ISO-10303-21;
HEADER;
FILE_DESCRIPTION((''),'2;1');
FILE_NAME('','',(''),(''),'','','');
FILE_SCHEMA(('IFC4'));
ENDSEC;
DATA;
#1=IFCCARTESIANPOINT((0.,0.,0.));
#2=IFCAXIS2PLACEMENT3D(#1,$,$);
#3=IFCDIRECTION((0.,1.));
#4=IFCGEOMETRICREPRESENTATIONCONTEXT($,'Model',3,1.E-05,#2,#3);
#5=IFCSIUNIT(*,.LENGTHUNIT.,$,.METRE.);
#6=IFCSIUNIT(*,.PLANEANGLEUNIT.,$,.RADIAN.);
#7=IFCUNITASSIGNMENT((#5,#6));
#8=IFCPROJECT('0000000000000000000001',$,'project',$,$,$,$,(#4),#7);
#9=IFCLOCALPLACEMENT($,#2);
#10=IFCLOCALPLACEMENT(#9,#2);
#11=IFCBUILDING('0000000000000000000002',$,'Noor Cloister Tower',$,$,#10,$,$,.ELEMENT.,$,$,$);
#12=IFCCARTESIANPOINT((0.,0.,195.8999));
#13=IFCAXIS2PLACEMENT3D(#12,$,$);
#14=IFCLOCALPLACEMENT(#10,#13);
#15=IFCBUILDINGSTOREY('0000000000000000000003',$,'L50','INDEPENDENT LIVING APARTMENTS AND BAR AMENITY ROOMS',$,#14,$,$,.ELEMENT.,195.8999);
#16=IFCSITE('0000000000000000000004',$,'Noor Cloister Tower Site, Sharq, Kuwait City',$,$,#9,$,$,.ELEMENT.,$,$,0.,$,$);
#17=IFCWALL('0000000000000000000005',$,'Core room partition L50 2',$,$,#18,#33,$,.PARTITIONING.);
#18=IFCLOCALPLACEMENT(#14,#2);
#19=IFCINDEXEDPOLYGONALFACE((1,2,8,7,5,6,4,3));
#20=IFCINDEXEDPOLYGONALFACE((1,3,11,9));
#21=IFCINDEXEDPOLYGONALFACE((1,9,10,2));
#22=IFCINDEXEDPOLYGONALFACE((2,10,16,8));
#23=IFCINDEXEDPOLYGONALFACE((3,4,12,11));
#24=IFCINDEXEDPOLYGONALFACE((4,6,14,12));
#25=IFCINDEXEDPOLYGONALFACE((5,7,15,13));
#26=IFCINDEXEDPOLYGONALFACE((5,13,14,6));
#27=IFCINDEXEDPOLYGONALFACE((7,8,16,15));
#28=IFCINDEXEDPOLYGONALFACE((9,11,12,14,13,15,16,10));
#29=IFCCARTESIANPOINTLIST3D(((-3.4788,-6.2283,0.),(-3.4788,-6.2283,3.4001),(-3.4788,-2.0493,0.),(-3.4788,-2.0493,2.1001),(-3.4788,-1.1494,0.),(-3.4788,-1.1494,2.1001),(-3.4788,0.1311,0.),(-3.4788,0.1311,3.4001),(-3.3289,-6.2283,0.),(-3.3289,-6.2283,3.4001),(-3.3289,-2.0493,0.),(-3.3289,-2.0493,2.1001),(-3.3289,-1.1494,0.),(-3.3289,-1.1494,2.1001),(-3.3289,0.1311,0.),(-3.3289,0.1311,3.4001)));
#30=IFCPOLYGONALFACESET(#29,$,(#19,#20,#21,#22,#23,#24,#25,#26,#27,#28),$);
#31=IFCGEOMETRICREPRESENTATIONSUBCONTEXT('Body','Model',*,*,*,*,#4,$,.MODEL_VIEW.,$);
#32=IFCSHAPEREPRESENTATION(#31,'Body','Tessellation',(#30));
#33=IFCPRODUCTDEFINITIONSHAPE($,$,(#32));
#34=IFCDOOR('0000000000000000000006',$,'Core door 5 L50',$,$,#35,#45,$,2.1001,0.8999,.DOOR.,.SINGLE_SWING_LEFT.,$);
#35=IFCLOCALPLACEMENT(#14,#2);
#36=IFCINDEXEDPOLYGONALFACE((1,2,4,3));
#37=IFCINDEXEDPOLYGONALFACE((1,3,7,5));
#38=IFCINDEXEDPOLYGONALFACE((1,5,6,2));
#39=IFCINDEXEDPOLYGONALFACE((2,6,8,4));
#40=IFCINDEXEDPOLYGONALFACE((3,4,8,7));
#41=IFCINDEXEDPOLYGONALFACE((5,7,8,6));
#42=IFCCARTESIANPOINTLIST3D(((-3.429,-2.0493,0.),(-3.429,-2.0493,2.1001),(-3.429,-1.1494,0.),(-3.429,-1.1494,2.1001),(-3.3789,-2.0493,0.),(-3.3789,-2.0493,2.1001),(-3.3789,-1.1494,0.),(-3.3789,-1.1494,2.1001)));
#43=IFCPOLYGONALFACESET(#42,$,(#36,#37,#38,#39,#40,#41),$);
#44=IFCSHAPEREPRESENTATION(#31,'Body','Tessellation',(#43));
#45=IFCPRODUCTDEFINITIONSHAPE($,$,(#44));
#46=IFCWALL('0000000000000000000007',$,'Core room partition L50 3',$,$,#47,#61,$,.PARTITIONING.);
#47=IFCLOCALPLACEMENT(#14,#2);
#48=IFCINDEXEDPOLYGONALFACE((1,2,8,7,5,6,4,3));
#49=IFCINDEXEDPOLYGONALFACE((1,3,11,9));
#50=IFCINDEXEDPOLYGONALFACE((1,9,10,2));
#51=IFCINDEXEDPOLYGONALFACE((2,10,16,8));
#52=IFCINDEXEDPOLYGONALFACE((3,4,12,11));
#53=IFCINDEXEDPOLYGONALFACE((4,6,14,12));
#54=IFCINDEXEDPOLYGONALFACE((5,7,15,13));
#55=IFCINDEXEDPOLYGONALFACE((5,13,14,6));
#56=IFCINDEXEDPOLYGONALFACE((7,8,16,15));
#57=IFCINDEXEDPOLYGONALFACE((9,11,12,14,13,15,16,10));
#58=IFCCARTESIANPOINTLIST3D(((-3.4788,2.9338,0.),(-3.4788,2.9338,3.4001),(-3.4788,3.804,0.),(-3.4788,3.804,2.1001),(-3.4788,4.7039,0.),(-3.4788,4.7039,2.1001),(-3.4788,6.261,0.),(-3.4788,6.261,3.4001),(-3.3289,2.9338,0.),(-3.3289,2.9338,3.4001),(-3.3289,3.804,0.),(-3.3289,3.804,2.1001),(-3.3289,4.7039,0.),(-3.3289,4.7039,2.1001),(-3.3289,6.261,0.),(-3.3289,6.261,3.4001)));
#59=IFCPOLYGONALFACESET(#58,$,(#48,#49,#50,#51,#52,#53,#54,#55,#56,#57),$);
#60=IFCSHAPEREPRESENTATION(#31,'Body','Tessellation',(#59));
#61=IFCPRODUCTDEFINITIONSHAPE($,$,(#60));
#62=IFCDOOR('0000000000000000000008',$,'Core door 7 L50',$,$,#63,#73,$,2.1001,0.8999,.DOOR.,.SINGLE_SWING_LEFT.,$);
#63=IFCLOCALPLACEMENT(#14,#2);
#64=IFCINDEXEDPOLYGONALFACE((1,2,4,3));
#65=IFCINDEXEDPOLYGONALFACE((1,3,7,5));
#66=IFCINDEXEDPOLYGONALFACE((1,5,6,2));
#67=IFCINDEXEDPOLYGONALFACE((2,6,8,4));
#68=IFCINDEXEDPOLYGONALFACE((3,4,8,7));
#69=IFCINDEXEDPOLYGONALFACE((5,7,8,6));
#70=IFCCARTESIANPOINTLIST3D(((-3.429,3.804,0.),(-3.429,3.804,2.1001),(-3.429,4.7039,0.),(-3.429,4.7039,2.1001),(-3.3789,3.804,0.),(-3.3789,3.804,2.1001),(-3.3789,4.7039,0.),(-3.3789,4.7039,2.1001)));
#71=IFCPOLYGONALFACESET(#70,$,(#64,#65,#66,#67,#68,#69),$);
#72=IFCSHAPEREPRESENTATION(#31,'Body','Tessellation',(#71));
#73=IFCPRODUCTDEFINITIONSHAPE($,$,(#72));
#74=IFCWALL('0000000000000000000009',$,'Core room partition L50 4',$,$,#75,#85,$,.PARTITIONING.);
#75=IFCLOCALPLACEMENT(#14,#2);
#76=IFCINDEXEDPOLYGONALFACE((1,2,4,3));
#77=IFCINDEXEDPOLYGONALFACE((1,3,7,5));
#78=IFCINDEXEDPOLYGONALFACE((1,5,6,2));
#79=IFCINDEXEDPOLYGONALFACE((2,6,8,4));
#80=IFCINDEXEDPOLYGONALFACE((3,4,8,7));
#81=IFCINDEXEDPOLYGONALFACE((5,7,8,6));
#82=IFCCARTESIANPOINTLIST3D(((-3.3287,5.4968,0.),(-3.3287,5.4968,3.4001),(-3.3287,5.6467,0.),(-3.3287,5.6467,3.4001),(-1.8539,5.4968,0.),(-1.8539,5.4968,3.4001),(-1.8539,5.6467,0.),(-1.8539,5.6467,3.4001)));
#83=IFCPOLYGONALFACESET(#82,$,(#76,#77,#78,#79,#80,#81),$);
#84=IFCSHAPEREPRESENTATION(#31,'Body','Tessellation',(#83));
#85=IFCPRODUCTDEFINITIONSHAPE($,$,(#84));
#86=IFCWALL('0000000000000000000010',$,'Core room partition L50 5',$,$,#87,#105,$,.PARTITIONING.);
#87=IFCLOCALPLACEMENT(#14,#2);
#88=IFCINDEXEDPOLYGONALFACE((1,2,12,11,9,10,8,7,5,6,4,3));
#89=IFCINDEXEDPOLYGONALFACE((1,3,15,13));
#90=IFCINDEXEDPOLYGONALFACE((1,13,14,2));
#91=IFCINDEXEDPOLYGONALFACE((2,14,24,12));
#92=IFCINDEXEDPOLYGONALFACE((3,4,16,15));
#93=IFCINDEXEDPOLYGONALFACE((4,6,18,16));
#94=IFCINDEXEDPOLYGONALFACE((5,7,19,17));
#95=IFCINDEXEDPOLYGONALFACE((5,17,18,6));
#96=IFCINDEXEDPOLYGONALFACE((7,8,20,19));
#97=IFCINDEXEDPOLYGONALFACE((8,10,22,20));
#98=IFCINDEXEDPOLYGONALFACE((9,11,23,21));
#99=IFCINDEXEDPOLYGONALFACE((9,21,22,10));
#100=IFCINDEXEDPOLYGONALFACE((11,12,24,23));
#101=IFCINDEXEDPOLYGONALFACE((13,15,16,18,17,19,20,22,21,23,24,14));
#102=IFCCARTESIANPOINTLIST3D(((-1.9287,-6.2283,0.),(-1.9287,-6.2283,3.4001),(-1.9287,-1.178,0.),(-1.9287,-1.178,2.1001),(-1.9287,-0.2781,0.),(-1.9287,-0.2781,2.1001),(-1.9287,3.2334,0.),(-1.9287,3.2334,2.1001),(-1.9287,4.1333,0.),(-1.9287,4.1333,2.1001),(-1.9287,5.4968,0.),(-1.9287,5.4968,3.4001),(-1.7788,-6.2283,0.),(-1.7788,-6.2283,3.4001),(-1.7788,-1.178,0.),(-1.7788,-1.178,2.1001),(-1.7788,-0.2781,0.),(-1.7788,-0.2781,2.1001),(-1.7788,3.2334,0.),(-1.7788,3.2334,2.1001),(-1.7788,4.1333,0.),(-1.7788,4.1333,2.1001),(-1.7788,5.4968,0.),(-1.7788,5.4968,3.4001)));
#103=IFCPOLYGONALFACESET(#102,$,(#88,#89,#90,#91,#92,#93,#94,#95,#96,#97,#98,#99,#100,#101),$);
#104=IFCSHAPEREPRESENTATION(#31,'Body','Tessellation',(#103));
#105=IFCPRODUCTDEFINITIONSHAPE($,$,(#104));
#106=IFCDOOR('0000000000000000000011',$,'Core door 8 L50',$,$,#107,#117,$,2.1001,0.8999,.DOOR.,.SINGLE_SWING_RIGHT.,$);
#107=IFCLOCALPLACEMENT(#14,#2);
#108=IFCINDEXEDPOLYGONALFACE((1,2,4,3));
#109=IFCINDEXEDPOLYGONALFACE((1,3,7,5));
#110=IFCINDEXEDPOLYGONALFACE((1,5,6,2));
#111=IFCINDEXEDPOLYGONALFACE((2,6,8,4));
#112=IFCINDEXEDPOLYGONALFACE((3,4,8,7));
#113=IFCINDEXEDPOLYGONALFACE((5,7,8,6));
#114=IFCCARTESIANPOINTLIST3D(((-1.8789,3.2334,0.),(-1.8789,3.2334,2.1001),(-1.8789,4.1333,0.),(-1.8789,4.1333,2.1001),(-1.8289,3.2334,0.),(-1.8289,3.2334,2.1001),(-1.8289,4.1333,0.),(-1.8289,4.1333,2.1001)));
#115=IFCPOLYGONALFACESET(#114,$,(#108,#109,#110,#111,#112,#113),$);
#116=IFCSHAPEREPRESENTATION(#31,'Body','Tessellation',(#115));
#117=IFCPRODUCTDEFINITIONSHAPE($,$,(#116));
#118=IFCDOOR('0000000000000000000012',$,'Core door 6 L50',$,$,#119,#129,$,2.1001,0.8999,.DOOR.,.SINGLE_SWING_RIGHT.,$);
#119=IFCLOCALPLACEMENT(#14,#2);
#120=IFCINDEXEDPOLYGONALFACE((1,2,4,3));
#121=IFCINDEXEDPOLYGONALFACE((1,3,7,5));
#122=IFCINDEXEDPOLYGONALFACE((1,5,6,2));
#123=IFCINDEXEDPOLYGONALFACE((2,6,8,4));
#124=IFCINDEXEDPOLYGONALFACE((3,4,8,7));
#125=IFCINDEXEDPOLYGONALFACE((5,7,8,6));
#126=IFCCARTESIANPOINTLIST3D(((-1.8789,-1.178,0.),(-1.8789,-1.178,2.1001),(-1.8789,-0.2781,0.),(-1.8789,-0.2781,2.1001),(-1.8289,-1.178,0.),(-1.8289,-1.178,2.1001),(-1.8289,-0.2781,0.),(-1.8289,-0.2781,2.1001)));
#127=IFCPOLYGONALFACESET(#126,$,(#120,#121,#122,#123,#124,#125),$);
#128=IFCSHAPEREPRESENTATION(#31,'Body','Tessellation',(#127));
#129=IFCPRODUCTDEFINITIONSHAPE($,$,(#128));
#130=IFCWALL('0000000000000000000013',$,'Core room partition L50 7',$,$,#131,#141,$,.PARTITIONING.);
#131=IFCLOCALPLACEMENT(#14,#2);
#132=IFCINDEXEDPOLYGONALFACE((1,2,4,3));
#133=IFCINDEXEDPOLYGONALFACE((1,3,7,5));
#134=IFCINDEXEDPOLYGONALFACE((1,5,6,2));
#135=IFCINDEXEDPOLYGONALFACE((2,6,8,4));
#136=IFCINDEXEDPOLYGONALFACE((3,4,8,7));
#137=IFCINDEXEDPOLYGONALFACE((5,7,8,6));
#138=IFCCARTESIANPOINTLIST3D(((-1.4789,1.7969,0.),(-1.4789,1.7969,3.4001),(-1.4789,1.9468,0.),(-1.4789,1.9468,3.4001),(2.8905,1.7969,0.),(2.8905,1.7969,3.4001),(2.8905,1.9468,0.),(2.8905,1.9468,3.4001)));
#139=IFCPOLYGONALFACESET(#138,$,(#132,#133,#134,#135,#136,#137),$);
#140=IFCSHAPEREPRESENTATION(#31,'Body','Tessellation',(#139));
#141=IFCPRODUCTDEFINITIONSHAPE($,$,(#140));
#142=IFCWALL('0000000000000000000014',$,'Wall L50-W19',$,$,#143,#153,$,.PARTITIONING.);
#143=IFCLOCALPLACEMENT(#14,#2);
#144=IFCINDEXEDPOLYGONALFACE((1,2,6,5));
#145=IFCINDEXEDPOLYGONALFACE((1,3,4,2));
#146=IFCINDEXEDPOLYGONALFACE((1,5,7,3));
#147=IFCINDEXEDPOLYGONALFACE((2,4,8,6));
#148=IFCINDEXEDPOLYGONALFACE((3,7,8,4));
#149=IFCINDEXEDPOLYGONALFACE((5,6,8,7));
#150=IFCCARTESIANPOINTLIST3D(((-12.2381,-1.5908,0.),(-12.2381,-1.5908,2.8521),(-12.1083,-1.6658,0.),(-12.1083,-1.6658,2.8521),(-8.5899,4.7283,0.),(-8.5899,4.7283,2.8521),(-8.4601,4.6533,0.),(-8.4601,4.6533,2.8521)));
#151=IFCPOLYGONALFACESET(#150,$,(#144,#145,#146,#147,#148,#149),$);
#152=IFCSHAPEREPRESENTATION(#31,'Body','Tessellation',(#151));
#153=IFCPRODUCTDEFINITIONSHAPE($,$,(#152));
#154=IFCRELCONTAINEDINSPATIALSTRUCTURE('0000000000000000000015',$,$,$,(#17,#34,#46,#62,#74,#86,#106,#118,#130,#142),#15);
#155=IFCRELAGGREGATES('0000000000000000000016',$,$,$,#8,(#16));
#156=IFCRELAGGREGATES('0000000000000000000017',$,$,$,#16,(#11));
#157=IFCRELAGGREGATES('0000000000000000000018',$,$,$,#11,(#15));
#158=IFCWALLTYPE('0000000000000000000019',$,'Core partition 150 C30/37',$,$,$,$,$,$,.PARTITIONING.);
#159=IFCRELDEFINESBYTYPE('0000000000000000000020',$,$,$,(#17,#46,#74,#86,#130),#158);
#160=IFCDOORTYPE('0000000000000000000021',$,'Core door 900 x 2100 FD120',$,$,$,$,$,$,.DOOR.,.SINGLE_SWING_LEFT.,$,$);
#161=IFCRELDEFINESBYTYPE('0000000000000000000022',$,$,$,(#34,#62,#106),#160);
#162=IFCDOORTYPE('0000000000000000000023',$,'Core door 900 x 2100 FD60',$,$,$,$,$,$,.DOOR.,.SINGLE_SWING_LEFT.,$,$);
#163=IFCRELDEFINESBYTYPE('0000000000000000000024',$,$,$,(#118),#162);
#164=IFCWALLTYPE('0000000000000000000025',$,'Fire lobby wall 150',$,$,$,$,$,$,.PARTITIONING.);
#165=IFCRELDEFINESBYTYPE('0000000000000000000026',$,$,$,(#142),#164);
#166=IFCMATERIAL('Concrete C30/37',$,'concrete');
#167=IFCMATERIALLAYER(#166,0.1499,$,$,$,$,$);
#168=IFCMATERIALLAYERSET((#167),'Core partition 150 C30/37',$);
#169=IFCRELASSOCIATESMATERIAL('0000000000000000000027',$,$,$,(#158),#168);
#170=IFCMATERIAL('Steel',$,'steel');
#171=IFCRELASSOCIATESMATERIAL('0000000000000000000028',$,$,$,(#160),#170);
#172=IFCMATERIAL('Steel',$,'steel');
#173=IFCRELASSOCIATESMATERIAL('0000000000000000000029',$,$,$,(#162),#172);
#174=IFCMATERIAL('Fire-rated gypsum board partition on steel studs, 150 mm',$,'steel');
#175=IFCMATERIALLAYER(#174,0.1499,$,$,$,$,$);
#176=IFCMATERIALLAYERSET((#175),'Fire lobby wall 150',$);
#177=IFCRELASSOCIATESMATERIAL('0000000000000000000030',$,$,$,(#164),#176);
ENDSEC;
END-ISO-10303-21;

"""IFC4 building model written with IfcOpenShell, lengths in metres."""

from ifc_helpers import new_model, si_unit, direction, frame, frame_2d, origin, place, context, subcontext, project, spatial, rectangle, extrude, material, layer, layer_set, type_object, element, fill, save


model = new_model("IFC4")

# Units and contexts
model_context = context("Model", 3, precision=1e-05, world=origin(), true_north=direction((0.0, 1.0)))
body_context = subcontext(model_context, "Body", "Model", "MODEL_VIEW")
ifc_project = project(units=[si_unit("LENGTHUNIT", "METRE"), si_unit("PLANEANGLEUNIT", "RADIAN")], contexts=[model_context])

# Site, building, storey
site_placement = place(None, origin())
site = spatial("IfcSite", under=ifc_project, at=site_placement, Name="Noor Cloister Tower Site, Sharq, Kuwait City", CompositionType="ELEMENT", RefElevation=0.0)
building_placement = place(site_placement, origin())
building = spatial("IfcBuilding", under=site, at=building_placement, Name="Noor Cloister Tower", CompositionType="ELEMENT")
storey_placement = place(building_placement, frame((0.0, 0.0, 195.8999)))
storey = spatial("IfcBuildingStorey", under=building, at=storey_placement, Name="L50", Description="INDEPENDENT LIVING APARTMENTS AND BAR AMENITY ROOMS", CompositionType="ELEMENT", Elevation=195.8999)

# Walls, openings, doors
ifc_material_1 = material(Name="Concrete C30/37", Category="concrete")
ifc_layer_1 = layer(ifc_material_1, 0.1499)
ifc_layer_set_1 = layer_set([ifc_layer_1], Name="Core partition 150 C30/37")
wall_type_1 = type_object("IfcWallType", Name="Core partition 150 C30/37", PredefinedType="PARTITIONING", material=ifc_layer_set_1)
wall_1_placement = place(storey_placement, frame((-3.4038, 0.1311, 0.0), z_axis=(0.0, 0.0, 1.0), x_axis=(0.0, -1.0, 0.0)))
wall_1 = element("IfcWall", 1, at=wall_1_placement, inside=storey, type_object=wall_type_1, Name="Core room partition L50 2", PredefinedType="PARTITIONING", context=body_context, shape_type="SweptSolid", body=[
    extrude(rectangle(XDim=6.3594, YDim=0.1499, at=frame_2d((3.1797, 0.0))), origin(), (0.0, 0.0, 1.0), 3.4001),
])
opening_1_placement = place(wall_1_placement, frame((1.2805, 0.0, 0.0)))
opening_1 = element("IfcOpeningElement", 2, at=opening_1_placement, cuts=wall_1, PredefinedType="OPENING", context=body_context, shape_type="SweptSolid", body=[
    extrude(rectangle(XDim=0.8999, YDim=2.1001, at=frame_2d((0.45, 1.05))), frame((0.0, 0.085, 0.0), z_axis=(0.0, -1.0, 0.0), x_axis=(1.0, 0.0, 0.0)), (0.0, 0.0, 1.0), 0.1699),
])
ifc_material_2 = material(Name="Steel", Category="steel")
door_type_1 = type_object("IfcDoorType", Name="Core door 900 x 2100 FD120", OperationType="SINGLE_SWING_LEFT", PredefinedType="DOOR", material=ifc_material_2)
door_1_placement = place(opening_1_placement, origin())
door_1 = element("IfcDoor", 3, at=door_1_placement, inside=storey, type_object=door_type_1, Name="Core door 5 L50", OperationType="SINGLE_SWING_LEFT", OverallHeight=2.1001, OverallWidth=0.8999, PredefinedType="DOOR", context=body_context, shape_type="SweptSolid", body=[
    extrude(rectangle(XDim=0.8999, YDim=2.1001, at=frame_2d((0.45, 1.05))), frame((0.0, 0.0249, 0.0), z_axis=(0.0, -1.0, 0.0), x_axis=(1.0, 0.0, 0.0)), (0.0, 0.0, 1.0), 0.05),
])
fill(opening_1, door_1)
wall_2_placement = place(storey_placement, frame((-3.4038, 6.261, 0.0), z_axis=(0.0, 0.0, 1.0), x_axis=(0.0, -1.0, 0.0)))
wall_2 = element("IfcWall", 4, at=wall_2_placement, inside=storey, type_object=wall_type_1, Name="Core room partition L50 3", PredefinedType="PARTITIONING", context=body_context, shape_type="SweptSolid", body=[
    extrude(rectangle(XDim=3.3271, YDim=0.1499, at=frame_2d((1.6636, 0.0))), origin(), (0.0, 0.0, 1.0), 3.4001),
])
opening_2_placement = place(wall_2_placement, frame((1.5571, 0.0, 0.0)))
opening_2 = element("IfcOpeningElement", 5, at=opening_2_placement, cuts=wall_2, PredefinedType="OPENING", context=body_context, shape_type="SweptSolid", body=[
    extrude(rectangle(XDim=0.8999, YDim=2.1001, at=frame_2d((0.45, 1.05))), frame((0.0, 0.085, 0.0), z_axis=(0.0, -1.0, 0.0), x_axis=(1.0, 0.0, 0.0)), (0.0, 0.0, 1.0), 0.1699),
])
door_2_placement = place(opening_2_placement, origin())
door_2 = element("IfcDoor", 6, at=door_2_placement, inside=storey, type_object=door_type_1, Name="Core door 7 L50", OperationType="SINGLE_SWING_LEFT", OverallHeight=2.1001, OverallWidth=0.8999, PredefinedType="DOOR", context=body_context, shape_type="SweptSolid", body=[
    extrude(rectangle(XDim=0.8999, YDim=2.1001, at=frame_2d((0.45, 1.05))), frame((0.0, 0.0249, 0.0), z_axis=(0.0, -1.0, 0.0), x_axis=(1.0, 0.0, 0.0)), (0.0, 0.0, 1.0), 0.05),
])
fill(opening_2, door_2)

# Wall
wall_3_placement = place(storey_placement, frame((-3.3286, 5.5718, 0.0), z_axis=(0.0, 0.0, 1.0), x_axis=(1.0, 0.0, 0.0)))
element("IfcWall", 7, at=wall_3_placement, inside=storey, type_object=wall_type_1, Name="Core room partition L50 4", PredefinedType="PARTITIONING", context=body_context, shape_type="SweptSolid", body=[
    extrude(rectangle(XDim=1.4749, YDim=0.1499, at=frame_2d((0.7373, 0.0))), origin(), (0.0, 0.0, 1.0), 3.4001),
])

# Wall, openings, doors
wall_4_placement = place(storey_placement, frame((-1.8538, 5.4968, 0.0), z_axis=(0.0, 0.0, 1.0), x_axis=(0.0, -1.0, 0.0)))
wall_4 = element("IfcWall", 8, at=wall_4_placement, inside=storey, type_object=wall_type_1, Name="Core room partition L50 5", PredefinedType="PARTITIONING", context=body_context, shape_type="SweptSolid", body=[
    extrude(rectangle(XDim=11.7251, YDim=0.1499, at=frame_2d((5.8625, 0.0))), origin(), (0.0, 0.0, 1.0), 3.4001),
])
opening_3_placement = place(wall_4_placement, frame((5.7749, 0.0, 0.0)))
opening_3 = element("IfcOpeningElement", 9, at=opening_3_placement, cuts=wall_4, PredefinedType="OPENING", context=body_context, shape_type="SweptSolid", body=[
    extrude(rectangle(XDim=0.8999, YDim=2.1001, at=frame_2d((0.45, 1.05))), frame((0.0, 0.085, 0.0), z_axis=(0.0, -1.0, 0.0), x_axis=(1.0, 0.0, 0.0)), (0.0, 0.0, 1.0), 0.1699),
])
opening_4_placement = place(wall_4_placement, frame((1.3635, 0.0, 0.0)))
opening_4 = element("IfcOpeningElement", 10, at=opening_4_placement, cuts=wall_4, PredefinedType="OPENING", context=body_context, shape_type="SweptSolid", body=[
    extrude(rectangle(XDim=0.8999, YDim=2.1001, at=frame_2d((0.45, 1.05))), frame((0.0, 0.085, 0.0), z_axis=(0.0, -1.0, 0.0), x_axis=(1.0, 0.0, 0.0)), (0.0, 0.0, 1.0), 0.1699),
])
door_3_placement = place(opening_4_placement, origin())
door_3 = element("IfcDoor", 11, at=door_3_placement, inside=storey, type_object=door_type_1, Name="Core door 8 L50", OperationType="SINGLE_SWING_RIGHT", OverallHeight=2.1001, OverallWidth=0.8999, PredefinedType="DOOR", context=body_context, shape_type="SweptSolid", body=[
    extrude(rectangle(XDim=0.8999, YDim=2.1001, at=frame_2d((0.45, 1.05))), frame((0.0, 0.0249, 0.0), z_axis=(0.0, -1.0, 0.0), x_axis=(1.0, 0.0, 0.0)), (0.0, 0.0, 1.0), 0.05),
])
fill(opening_4, door_3)
ifc_material_3 = material(Name="Steel", Category="steel")
door_type_2 = type_object("IfcDoorType", Name="Core door 900 x 2100 FD60", OperationType="SINGLE_SWING_LEFT", PredefinedType="DOOR", material=ifc_material_3)
door_4_placement = place(opening_3_placement, origin())
door_4 = element("IfcDoor", 12, at=door_4_placement, inside=storey, type_object=door_type_2, Name="Core door 6 L50", OperationType="SINGLE_SWING_RIGHT", OverallHeight=2.1001, OverallWidth=0.8999, PredefinedType="DOOR", context=body_context, shape_type="SweptSolid", body=[
    extrude(rectangle(XDim=0.8999, YDim=2.1001, at=frame_2d((0.45, 1.05))), frame((0.0, 0.0249, 0.0), z_axis=(0.0, -1.0, 0.0), x_axis=(1.0, 0.0, 0.0)), (0.0, 0.0, 1.0), 0.05),
])
fill(opening_3, door_4)

# Walls
wall_5_placement = place(storey_placement, frame((-1.4788, 1.8718, 0.0), z_axis=(0.0, 0.0, 1.0), x_axis=(1.0, 0.0, 0.0)))
element("IfcWall", 13, at=wall_5_placement, inside=storey, type_object=wall_type_1, Name="Core room partition L50 7", PredefinedType="PARTITIONING", context=body_context, shape_type="SweptSolid", body=[
    extrude(rectangle(XDim=4.3694, YDim=0.1499, at=frame_2d((2.1846, 0.0))), origin(), (0.0, 0.0, 1.0), 3.4001),
])
ifc_material_4 = material(Name="Fire-rated gypsum board partition on steel studs, 150 mm", Category="steel")
ifc_layer_2 = layer(ifc_material_4, 0.1499)
ifc_layer_set_2 = layer_set([ifc_layer_2], Name="Fire lobby wall 150")
wall_type_2 = type_object("IfcWallType", Name="Fire lobby wall 150", PredefinedType="PARTITIONING", material=ifc_layer_set_2)
wall_6_placement = place(storey_placement, frame((-8.5249, 4.6909, 0.0), z_axis=(0.0, 0.0, 1.0), x_axis=(-0.499986, -0.866033, 0.0)))
element("IfcWall", 14, at=wall_6_placement, inside=storey, type_object=wall_type_2, Name="Wall L50-W19", PredefinedType="PARTITIONING", context=body_context, shape_type="SweptSolid", body=[
    extrude(rectangle(XDim=7.2966, YDim=0.1499, at=frame_2d((3.6484, 0.0))), origin(), (0.0, 0.0, 1.0), 2.8521),
])

save(model, "model.ifc")
